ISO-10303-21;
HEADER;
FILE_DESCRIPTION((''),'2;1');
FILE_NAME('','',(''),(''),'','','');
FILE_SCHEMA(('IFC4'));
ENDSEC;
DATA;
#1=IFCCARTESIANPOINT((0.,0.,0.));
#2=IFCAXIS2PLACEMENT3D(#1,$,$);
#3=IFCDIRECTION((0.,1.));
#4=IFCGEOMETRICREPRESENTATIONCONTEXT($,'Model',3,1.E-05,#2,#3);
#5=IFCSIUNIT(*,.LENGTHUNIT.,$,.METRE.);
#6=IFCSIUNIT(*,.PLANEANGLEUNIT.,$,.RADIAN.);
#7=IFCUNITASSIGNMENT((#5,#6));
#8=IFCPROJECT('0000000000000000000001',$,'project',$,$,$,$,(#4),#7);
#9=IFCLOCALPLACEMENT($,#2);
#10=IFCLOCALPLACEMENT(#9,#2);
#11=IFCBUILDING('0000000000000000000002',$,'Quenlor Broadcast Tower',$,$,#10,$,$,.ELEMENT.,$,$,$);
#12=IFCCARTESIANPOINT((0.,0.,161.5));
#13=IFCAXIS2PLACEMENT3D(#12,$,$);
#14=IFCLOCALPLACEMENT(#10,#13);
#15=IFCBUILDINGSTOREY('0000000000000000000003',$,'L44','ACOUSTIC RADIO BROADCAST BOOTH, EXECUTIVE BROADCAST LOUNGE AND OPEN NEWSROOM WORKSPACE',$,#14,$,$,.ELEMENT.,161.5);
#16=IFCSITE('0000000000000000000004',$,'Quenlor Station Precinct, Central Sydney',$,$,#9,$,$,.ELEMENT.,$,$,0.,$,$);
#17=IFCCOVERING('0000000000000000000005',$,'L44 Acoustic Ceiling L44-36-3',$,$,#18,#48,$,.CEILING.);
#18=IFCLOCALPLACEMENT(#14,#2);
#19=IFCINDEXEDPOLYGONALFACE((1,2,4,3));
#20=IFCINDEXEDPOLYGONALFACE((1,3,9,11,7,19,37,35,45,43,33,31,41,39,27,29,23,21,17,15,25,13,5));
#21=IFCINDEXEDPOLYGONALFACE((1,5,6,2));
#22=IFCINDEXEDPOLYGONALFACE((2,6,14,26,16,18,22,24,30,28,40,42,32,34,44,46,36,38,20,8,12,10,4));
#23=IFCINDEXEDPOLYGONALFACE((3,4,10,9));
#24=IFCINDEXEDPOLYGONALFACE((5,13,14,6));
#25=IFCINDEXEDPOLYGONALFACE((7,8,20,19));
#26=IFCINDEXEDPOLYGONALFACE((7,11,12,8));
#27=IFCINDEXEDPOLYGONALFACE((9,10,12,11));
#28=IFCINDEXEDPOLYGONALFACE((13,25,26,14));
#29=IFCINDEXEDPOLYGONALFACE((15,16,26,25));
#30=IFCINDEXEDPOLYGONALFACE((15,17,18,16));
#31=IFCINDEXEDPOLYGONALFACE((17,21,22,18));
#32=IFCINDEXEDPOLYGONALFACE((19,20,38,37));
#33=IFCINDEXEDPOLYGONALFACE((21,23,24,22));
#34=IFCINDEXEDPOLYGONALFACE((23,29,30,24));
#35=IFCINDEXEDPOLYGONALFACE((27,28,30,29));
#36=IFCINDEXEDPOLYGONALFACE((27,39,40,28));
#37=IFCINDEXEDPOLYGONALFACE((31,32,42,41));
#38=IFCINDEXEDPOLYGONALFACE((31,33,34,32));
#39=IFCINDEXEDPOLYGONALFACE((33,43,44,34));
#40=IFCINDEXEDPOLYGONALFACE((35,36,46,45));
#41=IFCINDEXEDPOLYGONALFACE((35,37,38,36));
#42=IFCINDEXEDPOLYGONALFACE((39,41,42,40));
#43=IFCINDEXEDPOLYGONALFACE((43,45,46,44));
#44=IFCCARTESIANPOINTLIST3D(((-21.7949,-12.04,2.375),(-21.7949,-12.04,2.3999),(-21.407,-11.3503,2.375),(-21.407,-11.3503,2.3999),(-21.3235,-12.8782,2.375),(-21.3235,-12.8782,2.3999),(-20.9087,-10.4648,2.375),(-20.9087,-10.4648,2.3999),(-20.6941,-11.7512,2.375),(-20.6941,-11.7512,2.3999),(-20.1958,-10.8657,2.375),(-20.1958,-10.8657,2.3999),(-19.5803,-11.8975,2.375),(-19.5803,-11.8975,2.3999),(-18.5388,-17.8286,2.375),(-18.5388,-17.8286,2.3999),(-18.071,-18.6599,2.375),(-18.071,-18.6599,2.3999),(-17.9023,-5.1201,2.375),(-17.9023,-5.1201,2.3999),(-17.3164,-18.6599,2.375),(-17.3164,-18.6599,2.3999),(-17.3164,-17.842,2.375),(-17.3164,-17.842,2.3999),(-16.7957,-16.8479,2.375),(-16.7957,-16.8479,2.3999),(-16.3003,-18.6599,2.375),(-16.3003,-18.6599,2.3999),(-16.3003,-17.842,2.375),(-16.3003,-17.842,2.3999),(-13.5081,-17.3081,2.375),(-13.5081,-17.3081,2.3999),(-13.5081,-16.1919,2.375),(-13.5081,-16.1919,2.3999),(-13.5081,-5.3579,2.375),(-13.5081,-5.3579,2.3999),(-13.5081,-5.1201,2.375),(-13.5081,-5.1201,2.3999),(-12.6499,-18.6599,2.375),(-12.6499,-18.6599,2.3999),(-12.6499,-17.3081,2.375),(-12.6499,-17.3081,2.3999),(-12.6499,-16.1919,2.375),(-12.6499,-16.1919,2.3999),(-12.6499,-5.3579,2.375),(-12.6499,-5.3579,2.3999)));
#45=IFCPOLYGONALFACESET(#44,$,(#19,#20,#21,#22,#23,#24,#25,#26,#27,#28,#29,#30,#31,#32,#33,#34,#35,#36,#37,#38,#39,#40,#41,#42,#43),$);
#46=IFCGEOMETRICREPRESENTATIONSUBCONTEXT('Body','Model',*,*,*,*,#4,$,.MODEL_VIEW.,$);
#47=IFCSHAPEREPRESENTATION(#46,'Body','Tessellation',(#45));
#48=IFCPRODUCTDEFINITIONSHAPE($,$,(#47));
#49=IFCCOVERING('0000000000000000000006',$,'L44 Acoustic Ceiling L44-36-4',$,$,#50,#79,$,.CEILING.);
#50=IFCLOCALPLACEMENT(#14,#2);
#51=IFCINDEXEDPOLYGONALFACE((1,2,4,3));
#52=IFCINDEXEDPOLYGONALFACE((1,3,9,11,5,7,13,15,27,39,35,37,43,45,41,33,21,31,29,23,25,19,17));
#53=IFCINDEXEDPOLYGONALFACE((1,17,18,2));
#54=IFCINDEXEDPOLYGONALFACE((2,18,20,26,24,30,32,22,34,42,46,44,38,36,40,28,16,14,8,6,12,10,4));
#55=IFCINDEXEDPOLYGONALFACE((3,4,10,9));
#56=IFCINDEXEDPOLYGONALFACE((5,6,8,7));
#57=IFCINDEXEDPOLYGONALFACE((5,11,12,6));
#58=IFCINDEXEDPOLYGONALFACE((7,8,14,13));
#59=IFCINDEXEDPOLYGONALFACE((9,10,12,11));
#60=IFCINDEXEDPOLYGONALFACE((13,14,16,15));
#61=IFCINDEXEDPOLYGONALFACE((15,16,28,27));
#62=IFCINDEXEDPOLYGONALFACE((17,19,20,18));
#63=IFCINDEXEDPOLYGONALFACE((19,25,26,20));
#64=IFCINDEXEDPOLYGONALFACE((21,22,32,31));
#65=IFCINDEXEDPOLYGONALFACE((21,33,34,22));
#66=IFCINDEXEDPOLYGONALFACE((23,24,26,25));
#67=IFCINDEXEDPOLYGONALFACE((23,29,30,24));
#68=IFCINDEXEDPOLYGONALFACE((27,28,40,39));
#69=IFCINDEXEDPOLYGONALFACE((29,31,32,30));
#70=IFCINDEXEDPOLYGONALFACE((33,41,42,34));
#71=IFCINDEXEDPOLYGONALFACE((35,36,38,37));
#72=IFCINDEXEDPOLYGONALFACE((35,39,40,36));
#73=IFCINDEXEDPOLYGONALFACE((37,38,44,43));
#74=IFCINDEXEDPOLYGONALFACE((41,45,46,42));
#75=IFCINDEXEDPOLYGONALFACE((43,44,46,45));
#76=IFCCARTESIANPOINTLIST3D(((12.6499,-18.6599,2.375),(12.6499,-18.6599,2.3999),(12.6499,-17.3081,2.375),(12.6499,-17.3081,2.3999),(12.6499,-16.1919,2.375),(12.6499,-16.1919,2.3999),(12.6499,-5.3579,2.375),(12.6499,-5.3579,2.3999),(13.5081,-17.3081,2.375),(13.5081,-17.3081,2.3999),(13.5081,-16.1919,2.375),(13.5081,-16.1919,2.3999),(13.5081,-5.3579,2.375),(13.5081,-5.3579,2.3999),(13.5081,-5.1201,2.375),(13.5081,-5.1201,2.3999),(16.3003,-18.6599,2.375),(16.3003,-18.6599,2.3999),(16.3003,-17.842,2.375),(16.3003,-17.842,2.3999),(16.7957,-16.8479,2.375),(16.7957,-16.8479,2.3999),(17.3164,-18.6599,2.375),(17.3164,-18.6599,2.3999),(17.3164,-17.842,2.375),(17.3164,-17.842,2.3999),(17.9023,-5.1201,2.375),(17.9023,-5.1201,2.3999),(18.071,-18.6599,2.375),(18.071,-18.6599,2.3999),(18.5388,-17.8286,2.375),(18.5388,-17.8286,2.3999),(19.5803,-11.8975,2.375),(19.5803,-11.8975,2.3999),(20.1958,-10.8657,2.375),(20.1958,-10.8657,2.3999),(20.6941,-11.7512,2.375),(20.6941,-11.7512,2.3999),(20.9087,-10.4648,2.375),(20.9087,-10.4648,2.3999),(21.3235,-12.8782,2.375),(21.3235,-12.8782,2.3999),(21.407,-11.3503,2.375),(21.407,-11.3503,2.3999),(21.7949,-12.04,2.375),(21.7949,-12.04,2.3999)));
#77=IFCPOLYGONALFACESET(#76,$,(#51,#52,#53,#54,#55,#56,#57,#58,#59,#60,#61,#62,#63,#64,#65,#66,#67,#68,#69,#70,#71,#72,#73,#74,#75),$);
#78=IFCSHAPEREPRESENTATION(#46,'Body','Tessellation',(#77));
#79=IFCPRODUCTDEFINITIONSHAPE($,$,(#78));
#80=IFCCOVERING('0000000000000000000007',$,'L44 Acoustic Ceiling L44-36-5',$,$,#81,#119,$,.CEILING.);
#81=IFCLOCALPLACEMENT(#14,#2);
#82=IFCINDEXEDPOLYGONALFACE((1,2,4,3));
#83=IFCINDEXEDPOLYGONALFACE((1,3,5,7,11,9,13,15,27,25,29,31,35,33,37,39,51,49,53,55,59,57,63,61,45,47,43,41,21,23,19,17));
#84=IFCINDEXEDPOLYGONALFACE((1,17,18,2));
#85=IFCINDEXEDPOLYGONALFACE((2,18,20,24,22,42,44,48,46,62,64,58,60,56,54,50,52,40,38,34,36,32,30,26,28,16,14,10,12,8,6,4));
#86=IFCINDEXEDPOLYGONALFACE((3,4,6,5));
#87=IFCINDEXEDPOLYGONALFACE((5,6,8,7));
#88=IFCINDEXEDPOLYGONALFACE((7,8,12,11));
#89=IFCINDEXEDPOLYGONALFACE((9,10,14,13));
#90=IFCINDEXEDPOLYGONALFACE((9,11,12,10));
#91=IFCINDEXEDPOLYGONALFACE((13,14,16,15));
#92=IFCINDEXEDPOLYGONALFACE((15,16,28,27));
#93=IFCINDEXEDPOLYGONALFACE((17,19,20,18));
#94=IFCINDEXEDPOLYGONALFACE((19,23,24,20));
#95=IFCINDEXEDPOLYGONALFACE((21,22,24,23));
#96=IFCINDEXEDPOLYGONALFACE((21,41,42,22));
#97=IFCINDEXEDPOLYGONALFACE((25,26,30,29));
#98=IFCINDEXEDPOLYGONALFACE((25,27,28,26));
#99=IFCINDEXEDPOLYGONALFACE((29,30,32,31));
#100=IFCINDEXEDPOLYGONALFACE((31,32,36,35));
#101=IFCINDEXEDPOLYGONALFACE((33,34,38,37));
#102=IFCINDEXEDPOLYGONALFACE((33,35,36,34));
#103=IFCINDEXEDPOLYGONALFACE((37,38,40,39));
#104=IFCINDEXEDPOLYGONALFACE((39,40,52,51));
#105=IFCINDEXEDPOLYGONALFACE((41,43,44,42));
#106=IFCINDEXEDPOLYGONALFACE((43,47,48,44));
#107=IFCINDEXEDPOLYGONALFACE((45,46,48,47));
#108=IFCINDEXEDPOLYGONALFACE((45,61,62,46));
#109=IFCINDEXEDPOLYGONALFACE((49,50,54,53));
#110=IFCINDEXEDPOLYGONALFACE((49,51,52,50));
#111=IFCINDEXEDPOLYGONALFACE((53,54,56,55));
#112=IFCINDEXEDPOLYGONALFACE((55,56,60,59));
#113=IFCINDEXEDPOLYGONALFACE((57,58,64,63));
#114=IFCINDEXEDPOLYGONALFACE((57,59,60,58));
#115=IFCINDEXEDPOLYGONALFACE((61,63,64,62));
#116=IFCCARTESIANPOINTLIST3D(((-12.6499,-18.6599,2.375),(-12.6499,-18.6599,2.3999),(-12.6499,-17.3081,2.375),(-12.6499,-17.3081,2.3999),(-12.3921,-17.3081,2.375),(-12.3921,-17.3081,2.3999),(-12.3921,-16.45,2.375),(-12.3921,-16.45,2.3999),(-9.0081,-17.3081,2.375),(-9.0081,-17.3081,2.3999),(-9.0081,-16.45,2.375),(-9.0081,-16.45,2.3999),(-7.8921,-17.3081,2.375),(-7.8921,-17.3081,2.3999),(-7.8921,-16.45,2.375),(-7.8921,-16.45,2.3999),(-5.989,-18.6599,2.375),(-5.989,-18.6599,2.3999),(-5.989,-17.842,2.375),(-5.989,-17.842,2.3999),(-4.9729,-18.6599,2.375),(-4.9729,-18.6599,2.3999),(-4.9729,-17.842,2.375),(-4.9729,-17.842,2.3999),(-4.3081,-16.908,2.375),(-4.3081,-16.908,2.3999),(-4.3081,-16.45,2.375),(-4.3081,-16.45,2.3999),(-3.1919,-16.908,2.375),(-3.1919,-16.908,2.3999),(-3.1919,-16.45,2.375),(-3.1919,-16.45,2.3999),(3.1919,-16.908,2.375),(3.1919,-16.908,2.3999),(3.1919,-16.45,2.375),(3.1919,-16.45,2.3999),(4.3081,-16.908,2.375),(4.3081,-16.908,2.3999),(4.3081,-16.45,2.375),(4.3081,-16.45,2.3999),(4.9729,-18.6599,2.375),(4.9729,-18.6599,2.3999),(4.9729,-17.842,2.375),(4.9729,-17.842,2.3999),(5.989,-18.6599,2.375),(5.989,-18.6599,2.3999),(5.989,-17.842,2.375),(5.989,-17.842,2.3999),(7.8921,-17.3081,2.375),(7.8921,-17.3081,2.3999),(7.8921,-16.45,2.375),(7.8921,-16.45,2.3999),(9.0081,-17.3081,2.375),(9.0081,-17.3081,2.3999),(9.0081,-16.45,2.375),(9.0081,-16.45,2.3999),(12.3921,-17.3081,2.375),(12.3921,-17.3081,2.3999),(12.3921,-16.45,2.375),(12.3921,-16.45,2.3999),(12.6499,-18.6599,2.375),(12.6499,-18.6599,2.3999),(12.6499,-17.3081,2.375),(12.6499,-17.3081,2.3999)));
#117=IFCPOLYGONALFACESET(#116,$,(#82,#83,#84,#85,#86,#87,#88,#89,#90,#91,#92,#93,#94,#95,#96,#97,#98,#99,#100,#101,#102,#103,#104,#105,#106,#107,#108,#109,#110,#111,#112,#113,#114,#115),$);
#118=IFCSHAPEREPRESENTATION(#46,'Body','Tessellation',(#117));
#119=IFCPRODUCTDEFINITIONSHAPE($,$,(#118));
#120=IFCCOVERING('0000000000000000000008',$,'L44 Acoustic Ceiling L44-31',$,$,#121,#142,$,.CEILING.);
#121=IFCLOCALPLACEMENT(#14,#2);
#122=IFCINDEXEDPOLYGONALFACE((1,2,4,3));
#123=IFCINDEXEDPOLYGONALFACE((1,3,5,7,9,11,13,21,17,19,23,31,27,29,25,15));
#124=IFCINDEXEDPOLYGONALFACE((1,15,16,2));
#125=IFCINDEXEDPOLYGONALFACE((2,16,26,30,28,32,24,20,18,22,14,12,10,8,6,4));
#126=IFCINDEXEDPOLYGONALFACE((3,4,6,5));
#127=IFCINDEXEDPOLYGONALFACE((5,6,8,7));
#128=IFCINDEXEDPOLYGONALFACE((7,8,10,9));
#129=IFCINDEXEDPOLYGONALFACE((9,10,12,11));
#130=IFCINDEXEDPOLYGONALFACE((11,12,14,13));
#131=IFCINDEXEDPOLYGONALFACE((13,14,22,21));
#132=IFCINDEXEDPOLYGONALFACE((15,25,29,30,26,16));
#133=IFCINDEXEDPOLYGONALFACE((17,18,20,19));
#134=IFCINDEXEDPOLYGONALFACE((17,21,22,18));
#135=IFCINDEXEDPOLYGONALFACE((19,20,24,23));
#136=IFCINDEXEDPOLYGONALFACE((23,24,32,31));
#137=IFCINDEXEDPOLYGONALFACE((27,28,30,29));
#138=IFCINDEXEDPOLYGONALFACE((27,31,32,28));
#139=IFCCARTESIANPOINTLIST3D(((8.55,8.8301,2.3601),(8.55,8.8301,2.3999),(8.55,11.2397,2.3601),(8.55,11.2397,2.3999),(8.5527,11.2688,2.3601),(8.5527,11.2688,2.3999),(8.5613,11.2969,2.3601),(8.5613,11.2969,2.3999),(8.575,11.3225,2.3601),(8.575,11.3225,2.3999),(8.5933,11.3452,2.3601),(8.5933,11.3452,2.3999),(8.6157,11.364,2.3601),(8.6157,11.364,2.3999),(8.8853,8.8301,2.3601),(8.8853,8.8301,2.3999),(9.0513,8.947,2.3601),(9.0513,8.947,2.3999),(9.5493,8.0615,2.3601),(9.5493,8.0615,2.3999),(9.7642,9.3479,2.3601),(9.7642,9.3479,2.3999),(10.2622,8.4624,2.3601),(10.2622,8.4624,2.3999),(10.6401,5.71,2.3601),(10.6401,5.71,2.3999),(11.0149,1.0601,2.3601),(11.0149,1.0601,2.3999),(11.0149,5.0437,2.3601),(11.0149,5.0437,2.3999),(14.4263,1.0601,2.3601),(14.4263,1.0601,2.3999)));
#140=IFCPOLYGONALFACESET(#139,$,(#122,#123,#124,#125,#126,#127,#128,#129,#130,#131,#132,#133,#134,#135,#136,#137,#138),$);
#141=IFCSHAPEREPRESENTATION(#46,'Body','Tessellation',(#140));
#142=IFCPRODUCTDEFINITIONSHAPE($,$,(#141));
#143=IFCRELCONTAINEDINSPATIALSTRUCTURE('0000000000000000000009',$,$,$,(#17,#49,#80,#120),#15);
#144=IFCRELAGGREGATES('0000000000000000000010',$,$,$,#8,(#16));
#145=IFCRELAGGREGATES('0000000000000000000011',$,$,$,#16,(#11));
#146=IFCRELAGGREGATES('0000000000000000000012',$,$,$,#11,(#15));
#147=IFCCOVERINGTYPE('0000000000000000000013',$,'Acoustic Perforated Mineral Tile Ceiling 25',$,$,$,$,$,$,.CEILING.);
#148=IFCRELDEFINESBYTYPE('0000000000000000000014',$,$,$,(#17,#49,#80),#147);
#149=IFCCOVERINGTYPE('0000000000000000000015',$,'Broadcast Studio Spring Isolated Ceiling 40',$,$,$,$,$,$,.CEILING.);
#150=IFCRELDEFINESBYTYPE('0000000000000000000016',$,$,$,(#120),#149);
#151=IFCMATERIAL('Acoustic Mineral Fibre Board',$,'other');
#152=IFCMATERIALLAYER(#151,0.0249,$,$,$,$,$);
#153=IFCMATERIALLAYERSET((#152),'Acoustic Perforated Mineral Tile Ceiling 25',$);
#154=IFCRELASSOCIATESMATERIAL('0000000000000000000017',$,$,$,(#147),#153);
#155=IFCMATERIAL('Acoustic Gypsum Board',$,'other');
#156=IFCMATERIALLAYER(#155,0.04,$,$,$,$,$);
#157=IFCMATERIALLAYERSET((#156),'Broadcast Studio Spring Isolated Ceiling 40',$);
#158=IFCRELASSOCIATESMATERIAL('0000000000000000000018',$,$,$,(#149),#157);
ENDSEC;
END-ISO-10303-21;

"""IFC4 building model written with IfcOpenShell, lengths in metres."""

from ifc_helpers import new_model, si_unit, direction, frame, origin, place, context, subcontext, project, spatial, polyline, outline, extrude, material, layer, layer_set, type_object, element, save


model = new_model("IFC4")

# Units and contexts
model_context = context("Model", 3, precision=1e-05, world=origin(), true_north=direction((0.0, 1.0)))
body_context = subcontext(model_context, "Body", "Model", "MODEL_VIEW")
ifc_project = project(units=[si_unit("LENGTHUNIT", "METRE"), si_unit("PLANEANGLEUNIT", "RADIAN")], contexts=[model_context])

# Site, building, storey
site_placement = place(None, origin())
site = spatial("IfcSite", under=ifc_project, at=site_placement, Name="Quenlor Station Precinct, Central Sydney", CompositionType="ELEMENT", RefElevation=0.0)
building_placement = place(site_placement, origin())
building = spatial("IfcBuilding", under=site, at=building_placement, Name="Quenlor Broadcast Tower", CompositionType="ELEMENT")
storey_placement = place(building_placement, frame((0.0, 0.0, 161.5)))
storey = spatial("IfcBuildingStorey", under=building, at=storey_placement, Name="L44", Description="ACOUSTIC RADIO BROADCAST BOOTH, EXECUTIVE BROADCAST LOUNGE AND OPEN NEWSROOM WORKSPACE", CompositionType="ELEMENT", Elevation=161.5)

# Coverings
ifc_material_1 = material(Name="Acoustic Mineral Fibre Board", Category="other")
ifc_layer_1 = layer(ifc_material_1, 0.0249)
ifc_layer_set_1 = layer_set([ifc_layer_1], Name="Acoustic Perforated Mineral Tile Ceiling 25")
covering_type_1 = type_object("IfcCoveringType", Name="Acoustic Perforated Mineral Tile Ceiling 25", PredefinedType="CEILING", material=ifc_layer_set_1)
covering_1_placement = place(storey_placement, frame((0.0, 0.0, 2.375)))
element("IfcCovering", 1, at=covering_1_placement, inside=storey, type_object=covering_type_1, Name="L44 Acoustic Ceiling L44-36-3", PredefinedType="CEILING", context=body_context, shape_type="SweptSolid", body=[
    extrude(outline(polyline([(-21.7949, -12.04), (-21.407, -11.3503), (-20.6941, -11.7512), (-20.1958, -10.8657), (-20.9087, -10.4648), (-17.9023, -5.1201), (-13.5081, -5.1201), (-13.5081, -5.3579), (-12.6499, -5.3579), (-12.6499, -16.1919), (-13.5081, -16.1919), (-13.5081, -17.3081), (-12.6499, -17.3081), (-12.6499, -18.6599), (-16.3003, -18.6599), (-16.3003, -17.842), (-17.3164, -17.842), (-17.3164, -18.6599), (-18.071, -18.6599), (-18.5388, -17.8286), (-16.7957, -16.8479), (-19.5803, -11.8975), (-21.3235, -12.8782), (-21.7949, -12.04)])), origin(), (0.0, 0.0, 1.0), 0.0249),
])
covering_2_placement = place(storey_placement, frame((0.0, 0.0, 2.375)))
element("IfcCovering", 2, at=covering_2_placement, inside=storey, type_object=covering_type_1, Name="L44 Acoustic Ceiling L44-36-4", PredefinedType="CEILING", context=body_context, shape_type="SweptSolid", body=[
    extrude(outline(polyline([(13.5081, -17.3081), (13.5081, -16.1919), (12.6499, -16.1919), (12.6499, -5.3579), (13.5081, -5.3579), (13.5081, -5.1201), (17.9023, -5.1201), (20.9087, -10.4648), (20.1958, -10.8657), (20.6941, -11.7512), (21.407, -11.3503), (21.7949, -12.04), (21.3235, -12.8782), (19.5803, -11.8975), (16.7957, -16.8479), (18.5388, -17.8286), (18.071, -18.6599), (17.3164, -18.6599), (17.3164, -17.842), (16.3003, -17.842), (16.3003, -18.6599), (12.6499, -18.6599), (12.6499, -17.3081), (13.5081, -17.3081)])), origin(), (0.0, 0.0, 1.0), 0.0249),
])
covering_3_placement = place(storey_placement, frame((0.0, 0.0, 2.375)))
element("IfcCovering", 3, at=covering_3_placement, inside=storey, type_object=covering_type_1, Name="L44 Acoustic Ceiling L44-36-5", PredefinedType="CEILING", context=body_context, shape_type="SweptSolid", body=[
    extrude(outline(polyline([(-12.3921, -17.3081), (-12.3921, -16.45), (-9.0081, -16.45), (-9.0081, -17.3081), (-7.8921, -17.3081), (-7.8921, -16.45), (-4.3081, -16.45), (-4.3081, -16.908), (-3.1919, -16.908), (-3.1919, -16.45), (3.1919, -16.45), (3.1919, -16.908), (4.3081, -16.908), (4.3081, -16.45), (7.8921, -16.45), (7.8921, -17.3081), (9.0081, -17.3081), (9.0081, -16.45), (12.3921, -16.45), (12.3921, -17.3081), (12.6499, -17.3081), (12.6499, -18.6599), (5.989, -18.6599), (5.989, -17.842), (4.9729, -17.842), (4.9729, -18.6599), (-4.9729, -18.6599), (-4.9729, -17.842), (-5.989, -17.842), (-5.989, -18.6599), (-12.6499, -18.6599), (-12.6499, -17.3081), (-12.3921, -17.3081)])), origin(), (0.0, 0.0, 1.0), 0.0249),
])
ifc_material_2 = material(Name="Acoustic Gypsum Board", Category="other")
ifc_layer_2 = layer(ifc_material_2, 0.04)
ifc_layer_set_2 = layer_set([ifc_layer_2], Name="Broadcast Studio Spring Isolated Ceiling 40")
covering_type_2 = type_object("IfcCoveringType", Name="Broadcast Studio Spring Isolated Ceiling 40", PredefinedType="CEILING", material=ifc_layer_set_2)
covering_4_placement = place(storey_placement, frame((0.0, 0.0, 2.3601)))
element("IfcCovering", 4, at=covering_4_placement, inside=storey, type_object=covering_type_2, Name="L44 Acoustic Ceiling L44-31", PredefinedType="CEILING", context=body_context, shape_type="SweptSolid", body=[
    extrude(outline(polyline([(8.55, 8.8301), (8.55, 11.2397), (8.5527, 11.2688), (8.5613, 11.2969), (8.575, 11.3225), (8.5933, 11.3452), (8.6157, 11.364), (9.7642, 9.3479), (9.0513, 8.947), (9.5493, 8.0615), (10.2622, 8.4624), (14.4263, 1.0601), (11.0149, 1.0601), (11.0149, 5.0437), (10.6401, 5.71), (8.8853, 8.8301), (8.55, 8.8301)])), origin(), (0.0, 0.0, 1.0), 0.0398),
])

save(model, "model.ifc")
